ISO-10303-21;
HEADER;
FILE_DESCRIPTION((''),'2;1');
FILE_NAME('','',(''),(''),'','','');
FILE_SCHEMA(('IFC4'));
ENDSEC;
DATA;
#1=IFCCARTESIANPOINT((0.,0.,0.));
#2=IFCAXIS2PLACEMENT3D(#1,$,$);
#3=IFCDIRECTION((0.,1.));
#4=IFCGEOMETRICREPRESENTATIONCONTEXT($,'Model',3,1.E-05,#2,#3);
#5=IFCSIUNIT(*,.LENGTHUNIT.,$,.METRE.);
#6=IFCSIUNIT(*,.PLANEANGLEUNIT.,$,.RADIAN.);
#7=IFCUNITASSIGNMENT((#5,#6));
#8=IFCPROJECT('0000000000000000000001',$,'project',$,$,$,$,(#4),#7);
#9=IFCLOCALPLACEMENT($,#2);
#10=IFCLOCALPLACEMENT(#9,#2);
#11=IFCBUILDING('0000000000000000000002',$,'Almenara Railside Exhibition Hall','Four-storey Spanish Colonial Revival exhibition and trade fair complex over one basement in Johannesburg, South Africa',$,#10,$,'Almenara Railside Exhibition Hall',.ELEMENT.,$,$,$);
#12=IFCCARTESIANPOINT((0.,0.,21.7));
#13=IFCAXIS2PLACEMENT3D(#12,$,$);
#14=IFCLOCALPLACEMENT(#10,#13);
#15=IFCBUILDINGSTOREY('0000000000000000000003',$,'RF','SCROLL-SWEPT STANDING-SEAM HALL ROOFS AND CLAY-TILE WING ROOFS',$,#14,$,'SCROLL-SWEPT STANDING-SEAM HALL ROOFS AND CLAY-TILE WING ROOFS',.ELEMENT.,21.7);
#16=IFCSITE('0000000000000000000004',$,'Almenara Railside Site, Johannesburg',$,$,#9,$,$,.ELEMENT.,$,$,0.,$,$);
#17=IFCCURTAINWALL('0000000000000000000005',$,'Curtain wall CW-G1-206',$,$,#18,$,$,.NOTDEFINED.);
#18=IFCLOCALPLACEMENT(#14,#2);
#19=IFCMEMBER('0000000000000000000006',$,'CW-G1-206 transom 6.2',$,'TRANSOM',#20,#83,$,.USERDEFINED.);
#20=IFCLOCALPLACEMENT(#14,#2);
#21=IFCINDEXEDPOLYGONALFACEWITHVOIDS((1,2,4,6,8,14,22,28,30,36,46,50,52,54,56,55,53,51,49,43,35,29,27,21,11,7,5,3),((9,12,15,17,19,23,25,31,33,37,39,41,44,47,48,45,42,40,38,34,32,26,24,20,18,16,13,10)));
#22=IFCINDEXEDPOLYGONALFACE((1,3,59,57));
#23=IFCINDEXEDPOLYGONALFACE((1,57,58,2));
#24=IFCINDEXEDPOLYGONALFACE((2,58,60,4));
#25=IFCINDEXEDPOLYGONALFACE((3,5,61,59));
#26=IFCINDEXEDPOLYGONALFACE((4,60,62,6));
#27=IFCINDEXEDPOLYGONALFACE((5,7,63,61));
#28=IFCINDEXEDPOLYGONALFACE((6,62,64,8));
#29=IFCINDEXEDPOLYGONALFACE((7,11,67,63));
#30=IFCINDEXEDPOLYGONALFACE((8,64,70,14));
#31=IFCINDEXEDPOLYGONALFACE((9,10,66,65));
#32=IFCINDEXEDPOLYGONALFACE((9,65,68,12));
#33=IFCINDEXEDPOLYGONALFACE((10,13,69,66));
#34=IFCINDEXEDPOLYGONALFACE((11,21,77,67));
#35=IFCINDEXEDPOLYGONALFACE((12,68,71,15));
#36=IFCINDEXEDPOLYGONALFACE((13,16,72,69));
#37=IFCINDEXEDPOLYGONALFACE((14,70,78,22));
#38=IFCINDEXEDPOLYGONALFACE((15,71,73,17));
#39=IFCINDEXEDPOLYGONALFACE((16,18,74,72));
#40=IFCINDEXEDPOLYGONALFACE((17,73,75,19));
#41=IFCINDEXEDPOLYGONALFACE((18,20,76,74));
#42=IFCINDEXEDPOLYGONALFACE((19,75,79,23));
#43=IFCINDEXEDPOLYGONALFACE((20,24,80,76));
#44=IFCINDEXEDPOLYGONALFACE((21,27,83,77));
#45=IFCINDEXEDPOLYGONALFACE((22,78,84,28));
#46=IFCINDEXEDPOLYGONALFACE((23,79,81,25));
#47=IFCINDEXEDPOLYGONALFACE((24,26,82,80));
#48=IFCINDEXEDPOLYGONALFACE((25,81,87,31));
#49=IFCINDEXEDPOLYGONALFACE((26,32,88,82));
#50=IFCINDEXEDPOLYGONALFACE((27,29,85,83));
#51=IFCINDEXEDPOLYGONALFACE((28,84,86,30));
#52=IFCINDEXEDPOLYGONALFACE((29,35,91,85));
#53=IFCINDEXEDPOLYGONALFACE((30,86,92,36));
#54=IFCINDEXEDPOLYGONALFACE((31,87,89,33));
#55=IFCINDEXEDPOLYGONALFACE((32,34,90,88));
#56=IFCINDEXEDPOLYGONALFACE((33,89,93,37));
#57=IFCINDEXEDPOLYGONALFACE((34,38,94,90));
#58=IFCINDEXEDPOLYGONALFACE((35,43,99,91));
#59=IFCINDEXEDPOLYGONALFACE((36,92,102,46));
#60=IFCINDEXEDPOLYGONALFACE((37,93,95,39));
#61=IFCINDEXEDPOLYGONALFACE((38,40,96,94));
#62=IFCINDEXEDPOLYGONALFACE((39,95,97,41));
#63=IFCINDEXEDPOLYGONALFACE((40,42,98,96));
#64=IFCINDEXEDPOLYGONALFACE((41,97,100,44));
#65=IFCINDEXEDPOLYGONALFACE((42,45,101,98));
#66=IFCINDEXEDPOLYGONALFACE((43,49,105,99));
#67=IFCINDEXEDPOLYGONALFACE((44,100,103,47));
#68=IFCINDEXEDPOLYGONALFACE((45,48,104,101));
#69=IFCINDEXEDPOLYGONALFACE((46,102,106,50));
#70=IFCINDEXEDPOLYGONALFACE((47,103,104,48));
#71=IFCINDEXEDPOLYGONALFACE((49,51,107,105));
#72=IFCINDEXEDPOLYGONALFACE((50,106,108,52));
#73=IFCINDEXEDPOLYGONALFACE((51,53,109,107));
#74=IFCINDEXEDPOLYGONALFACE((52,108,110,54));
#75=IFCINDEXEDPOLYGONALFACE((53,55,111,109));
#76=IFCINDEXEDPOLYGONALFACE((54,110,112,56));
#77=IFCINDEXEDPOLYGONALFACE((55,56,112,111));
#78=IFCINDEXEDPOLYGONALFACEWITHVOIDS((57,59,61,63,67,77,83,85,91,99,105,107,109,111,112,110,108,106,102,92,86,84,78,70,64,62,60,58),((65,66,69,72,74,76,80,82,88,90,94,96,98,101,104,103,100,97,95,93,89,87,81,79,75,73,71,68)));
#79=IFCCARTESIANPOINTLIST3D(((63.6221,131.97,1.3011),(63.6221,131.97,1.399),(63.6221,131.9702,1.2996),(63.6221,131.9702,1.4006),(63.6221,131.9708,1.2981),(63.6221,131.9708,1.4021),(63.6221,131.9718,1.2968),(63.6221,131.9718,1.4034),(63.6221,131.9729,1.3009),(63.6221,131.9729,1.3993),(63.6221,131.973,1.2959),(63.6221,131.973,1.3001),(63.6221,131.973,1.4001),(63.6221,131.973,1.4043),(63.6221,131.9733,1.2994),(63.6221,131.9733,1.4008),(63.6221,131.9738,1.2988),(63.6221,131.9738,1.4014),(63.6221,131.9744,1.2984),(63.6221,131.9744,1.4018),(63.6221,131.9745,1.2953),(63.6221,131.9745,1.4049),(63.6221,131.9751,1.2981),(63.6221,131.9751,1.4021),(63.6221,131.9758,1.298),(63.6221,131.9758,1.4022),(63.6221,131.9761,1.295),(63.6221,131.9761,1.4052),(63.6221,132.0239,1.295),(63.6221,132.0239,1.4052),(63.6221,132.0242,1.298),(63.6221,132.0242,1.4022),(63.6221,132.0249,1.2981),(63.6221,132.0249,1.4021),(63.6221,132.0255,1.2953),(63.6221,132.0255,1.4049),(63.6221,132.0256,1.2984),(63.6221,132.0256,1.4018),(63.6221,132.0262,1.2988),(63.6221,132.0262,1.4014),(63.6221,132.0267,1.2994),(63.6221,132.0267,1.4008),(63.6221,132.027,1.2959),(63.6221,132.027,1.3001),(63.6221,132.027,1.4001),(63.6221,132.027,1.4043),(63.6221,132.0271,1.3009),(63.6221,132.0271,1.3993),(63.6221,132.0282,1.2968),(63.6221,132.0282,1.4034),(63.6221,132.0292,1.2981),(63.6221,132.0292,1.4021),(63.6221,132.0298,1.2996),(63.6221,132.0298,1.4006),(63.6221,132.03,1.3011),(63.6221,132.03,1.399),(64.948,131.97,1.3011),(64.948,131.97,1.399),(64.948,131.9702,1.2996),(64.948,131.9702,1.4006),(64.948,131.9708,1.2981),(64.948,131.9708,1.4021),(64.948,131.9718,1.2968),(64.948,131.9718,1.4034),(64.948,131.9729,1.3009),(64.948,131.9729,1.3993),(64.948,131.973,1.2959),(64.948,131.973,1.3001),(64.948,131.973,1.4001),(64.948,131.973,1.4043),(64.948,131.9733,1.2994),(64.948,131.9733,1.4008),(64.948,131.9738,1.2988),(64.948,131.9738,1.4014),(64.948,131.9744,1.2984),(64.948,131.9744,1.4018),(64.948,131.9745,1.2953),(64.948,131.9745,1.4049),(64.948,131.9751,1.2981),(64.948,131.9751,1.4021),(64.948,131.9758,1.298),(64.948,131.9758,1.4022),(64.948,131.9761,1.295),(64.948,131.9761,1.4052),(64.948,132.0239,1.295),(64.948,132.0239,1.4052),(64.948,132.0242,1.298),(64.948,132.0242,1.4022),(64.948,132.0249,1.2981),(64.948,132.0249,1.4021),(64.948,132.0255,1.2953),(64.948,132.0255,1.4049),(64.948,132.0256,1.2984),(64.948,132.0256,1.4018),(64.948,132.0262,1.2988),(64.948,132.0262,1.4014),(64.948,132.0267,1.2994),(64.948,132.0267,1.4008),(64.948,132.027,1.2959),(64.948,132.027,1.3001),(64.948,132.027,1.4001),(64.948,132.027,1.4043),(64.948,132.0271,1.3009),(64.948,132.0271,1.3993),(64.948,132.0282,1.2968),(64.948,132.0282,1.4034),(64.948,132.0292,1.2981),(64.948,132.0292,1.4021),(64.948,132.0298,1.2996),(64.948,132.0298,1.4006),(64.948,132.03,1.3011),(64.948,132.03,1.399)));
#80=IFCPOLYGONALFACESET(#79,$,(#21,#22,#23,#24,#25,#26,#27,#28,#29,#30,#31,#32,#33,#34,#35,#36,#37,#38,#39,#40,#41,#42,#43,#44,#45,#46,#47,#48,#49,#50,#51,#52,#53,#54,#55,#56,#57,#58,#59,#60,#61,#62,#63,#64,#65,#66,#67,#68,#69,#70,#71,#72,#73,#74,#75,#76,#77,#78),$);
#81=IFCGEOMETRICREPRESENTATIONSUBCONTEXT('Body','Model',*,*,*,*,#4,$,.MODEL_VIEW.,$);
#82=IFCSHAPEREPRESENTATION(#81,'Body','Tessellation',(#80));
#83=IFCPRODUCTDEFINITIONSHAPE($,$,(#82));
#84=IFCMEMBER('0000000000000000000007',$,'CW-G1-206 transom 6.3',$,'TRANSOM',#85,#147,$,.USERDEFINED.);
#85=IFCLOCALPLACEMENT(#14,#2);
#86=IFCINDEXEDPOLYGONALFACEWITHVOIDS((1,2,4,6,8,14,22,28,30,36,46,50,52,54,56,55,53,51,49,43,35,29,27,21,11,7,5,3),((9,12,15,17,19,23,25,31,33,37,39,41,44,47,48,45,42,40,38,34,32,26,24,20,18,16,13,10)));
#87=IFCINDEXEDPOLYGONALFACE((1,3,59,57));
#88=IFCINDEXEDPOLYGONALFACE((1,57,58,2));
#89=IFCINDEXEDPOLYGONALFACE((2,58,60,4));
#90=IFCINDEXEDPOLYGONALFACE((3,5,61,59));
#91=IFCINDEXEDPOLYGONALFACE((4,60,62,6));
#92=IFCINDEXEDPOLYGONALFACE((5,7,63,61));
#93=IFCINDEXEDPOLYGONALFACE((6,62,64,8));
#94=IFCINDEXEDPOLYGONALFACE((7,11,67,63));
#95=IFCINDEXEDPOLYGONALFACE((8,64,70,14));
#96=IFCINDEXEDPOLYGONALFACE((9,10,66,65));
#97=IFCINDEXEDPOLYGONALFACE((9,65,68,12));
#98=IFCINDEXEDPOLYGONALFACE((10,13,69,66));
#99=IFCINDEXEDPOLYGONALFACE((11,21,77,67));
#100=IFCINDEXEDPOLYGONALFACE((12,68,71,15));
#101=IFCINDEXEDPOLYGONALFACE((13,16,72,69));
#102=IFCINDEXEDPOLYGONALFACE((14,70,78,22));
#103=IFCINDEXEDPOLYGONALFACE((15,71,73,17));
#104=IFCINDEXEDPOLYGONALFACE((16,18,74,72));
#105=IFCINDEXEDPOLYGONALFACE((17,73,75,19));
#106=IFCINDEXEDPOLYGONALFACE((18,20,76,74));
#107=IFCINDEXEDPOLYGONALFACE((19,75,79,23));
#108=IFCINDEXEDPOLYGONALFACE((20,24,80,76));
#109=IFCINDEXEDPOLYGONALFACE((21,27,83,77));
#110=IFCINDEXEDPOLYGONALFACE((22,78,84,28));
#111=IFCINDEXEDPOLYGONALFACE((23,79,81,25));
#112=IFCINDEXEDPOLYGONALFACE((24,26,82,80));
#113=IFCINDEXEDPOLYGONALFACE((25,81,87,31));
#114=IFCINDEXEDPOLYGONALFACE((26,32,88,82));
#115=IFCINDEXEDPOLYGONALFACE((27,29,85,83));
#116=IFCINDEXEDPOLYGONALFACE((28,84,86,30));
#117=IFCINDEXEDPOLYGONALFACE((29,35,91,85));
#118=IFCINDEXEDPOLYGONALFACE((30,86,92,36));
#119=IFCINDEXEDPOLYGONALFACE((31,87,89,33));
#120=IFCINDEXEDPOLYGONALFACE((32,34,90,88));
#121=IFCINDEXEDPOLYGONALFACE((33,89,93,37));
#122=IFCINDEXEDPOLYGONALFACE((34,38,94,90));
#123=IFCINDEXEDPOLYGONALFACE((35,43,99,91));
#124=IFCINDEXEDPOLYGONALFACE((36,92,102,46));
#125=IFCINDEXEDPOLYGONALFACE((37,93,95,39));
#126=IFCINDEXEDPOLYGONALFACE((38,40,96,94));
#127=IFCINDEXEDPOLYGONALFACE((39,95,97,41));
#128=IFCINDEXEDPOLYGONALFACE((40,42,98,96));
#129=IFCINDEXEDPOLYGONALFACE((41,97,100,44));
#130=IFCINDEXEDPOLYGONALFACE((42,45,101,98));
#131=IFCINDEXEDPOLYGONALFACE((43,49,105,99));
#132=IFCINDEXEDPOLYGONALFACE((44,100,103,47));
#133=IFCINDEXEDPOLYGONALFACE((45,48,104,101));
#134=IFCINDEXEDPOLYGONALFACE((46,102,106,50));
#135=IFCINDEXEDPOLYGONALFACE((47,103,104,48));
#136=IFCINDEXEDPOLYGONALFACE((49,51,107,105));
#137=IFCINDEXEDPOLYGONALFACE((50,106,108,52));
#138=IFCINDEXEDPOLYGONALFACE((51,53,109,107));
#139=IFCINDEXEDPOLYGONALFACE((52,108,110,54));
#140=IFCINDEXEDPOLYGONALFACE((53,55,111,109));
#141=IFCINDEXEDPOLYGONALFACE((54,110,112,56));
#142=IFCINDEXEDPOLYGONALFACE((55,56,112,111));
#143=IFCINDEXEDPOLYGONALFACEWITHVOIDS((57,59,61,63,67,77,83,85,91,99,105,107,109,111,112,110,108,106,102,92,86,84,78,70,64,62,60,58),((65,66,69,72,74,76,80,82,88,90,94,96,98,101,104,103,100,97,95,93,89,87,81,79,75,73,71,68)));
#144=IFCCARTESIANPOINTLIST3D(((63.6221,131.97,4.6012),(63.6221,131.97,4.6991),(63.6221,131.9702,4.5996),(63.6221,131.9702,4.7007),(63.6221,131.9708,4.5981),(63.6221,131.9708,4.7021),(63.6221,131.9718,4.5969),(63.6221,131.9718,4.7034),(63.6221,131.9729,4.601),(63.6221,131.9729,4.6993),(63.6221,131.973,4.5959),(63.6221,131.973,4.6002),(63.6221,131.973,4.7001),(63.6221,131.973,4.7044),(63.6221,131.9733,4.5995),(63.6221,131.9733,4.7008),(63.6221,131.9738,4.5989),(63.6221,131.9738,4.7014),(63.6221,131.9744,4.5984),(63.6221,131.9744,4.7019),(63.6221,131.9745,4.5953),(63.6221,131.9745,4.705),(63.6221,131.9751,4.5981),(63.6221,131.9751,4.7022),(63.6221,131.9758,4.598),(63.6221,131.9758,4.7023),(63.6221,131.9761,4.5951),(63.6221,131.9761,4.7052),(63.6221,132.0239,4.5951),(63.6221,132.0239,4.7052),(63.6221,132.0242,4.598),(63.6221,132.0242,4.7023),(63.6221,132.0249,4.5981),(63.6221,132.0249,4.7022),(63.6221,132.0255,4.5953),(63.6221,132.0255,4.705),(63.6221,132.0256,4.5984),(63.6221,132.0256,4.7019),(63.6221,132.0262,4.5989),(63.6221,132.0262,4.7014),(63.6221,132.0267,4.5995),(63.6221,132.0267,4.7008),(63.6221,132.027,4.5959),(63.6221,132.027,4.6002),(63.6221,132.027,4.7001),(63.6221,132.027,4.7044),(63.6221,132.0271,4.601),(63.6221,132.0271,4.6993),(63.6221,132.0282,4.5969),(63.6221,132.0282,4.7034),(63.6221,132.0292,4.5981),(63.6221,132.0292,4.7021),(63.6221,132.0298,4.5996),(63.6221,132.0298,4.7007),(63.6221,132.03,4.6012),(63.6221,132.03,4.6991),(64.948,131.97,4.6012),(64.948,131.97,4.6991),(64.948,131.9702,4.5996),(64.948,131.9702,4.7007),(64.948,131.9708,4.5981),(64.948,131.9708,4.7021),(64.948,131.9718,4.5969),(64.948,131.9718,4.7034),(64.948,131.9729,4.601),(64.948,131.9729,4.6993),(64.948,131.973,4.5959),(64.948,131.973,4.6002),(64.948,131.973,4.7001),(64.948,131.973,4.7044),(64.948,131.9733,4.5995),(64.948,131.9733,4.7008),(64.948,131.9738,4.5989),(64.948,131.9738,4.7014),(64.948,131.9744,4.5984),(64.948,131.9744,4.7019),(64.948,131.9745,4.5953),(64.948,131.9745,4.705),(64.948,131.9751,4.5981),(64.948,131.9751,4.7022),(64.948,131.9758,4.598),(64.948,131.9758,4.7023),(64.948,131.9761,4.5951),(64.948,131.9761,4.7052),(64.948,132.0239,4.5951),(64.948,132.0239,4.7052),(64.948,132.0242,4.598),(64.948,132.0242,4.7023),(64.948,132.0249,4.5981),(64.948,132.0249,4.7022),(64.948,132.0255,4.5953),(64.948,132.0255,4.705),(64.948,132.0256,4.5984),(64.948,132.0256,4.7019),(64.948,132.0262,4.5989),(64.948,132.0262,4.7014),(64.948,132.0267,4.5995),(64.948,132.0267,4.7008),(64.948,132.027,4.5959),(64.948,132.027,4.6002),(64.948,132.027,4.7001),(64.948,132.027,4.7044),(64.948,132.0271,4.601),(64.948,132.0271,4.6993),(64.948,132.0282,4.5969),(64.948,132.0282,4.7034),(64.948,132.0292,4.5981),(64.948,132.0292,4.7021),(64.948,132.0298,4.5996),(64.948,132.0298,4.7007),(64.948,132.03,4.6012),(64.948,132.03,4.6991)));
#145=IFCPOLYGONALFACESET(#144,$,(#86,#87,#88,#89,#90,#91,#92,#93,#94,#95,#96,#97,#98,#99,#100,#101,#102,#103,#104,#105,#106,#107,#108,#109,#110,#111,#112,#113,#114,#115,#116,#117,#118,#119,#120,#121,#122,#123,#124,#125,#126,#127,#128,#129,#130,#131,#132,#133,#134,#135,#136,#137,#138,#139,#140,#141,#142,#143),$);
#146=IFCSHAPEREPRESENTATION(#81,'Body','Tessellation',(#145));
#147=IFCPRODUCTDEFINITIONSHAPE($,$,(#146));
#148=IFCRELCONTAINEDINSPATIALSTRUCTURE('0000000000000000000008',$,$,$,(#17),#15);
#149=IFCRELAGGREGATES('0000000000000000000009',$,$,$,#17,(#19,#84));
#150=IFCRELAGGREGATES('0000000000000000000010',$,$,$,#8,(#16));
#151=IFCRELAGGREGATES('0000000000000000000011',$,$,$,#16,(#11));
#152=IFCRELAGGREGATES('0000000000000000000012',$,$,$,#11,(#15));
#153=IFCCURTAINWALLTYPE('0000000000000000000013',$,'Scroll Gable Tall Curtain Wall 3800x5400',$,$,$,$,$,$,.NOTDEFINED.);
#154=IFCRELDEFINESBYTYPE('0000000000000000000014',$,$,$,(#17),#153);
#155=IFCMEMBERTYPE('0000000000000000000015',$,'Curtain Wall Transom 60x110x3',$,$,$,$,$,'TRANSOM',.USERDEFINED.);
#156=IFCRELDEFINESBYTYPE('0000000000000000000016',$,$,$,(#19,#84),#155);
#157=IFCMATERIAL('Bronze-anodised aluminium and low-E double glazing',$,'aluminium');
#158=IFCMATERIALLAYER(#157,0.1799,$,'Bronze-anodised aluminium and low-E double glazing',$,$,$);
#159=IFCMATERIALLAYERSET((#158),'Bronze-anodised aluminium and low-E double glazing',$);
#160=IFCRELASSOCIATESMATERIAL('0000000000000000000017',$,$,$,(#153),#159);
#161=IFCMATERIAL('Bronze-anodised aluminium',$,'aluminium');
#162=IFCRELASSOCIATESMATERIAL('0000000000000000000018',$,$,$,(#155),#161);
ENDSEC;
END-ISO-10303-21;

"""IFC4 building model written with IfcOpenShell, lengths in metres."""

from ifc_helpers import new_model, si_unit, direction, frame, origin, origin_2d, place, context, subcontext, project, spatial, hollow_rectangle, extrude, material, layer, layer_set, material_profile, profile_set, type_object, element, aggregate, save


model = new_model("IFC4")

# Units and contexts
model_context = context("Model", 3, precision=1e-05, world=origin(), true_north=direction((0.0, 1.0)))
body_context = subcontext(model_context, "Body", "Model", "MODEL_VIEW")
ifc_project = project(units=[si_unit("LENGTHUNIT", "METRE"), si_unit("PLANEANGLEUNIT", "RADIAN")], contexts=[model_context])

# Site, building, storey
site_placement = place(None, origin())
site = spatial("IfcSite", under=ifc_project, at=site_placement, Name="Almenara Railside Site, Johannesburg", CompositionType="ELEMENT", RefElevation=0.0)
building_placement = place(site_placement, origin())
building = spatial("IfcBuilding", under=site, at=building_placement, Name="Almenara Railside Exhibition Hall", Description="Four-storey Spanish Colonial Revival exhibition and trade fair complex over one basement in Johannesburg, South Africa", LongName="Almenara Railside Exhibition Hall", CompositionType="ELEMENT")
storey_placement = place(building_placement, frame((0.0, 0.0, 21.7)))
storey = spatial("IfcBuildingStorey", under=building, at=storey_placement, Name="RF", Description="SCROLL-SWEPT STANDING-SEAM HALL ROOFS AND CLAY-TILE WING ROOFS", LongName="SCROLL-SWEPT STANDING-SEAM HALL ROOFS AND CLAY-TILE WING ROOFS", CompositionType="ELEMENT", Elevation=21.7)

# Curtain wall, members
ifc_material_1 = material(Name="Bronze-anodised aluminium and low-E double glazing", Category="aluminium")
ifc_layer_1 = layer(ifc_material_1, 0.1799, Name="Bronze-anodised aluminium and low-E double glazing")
ifc_layer_set_1 = layer_set([ifc_layer_1], Name="Bronze-anodised aluminium and low-E double glazing")
curtain_wall_type = type_object("IfcCurtainWallType", Name="Scroll Gable Tall Curtain Wall 3800x5400", PredefinedType="NOTDEFINED", material=ifc_layer_set_1)
curtain_wall_placement = place(storey_placement, origin())
curtain_wall = element("IfcCurtainWall", 1, at=curtain_wall_placement, inside=storey, type_object=curtain_wall_type, Name="Curtain wall CW-G1-206", PredefinedType="NOTDEFINED")
ifc_material_2 = material(Name="Bronze-anodised aluminium", Category="aluminium")
ifc_material_profile_1 = material_profile(ifc_material_2, hollow_rectangle(XDim=0.0601, YDim=0.1101, WallThickness=0.0029, InnerFilletRadius=0.0029, OuterFilletRadius=0.0061, at=origin_2d()), Name="ALU-TRN 60x110x3")
ifc_profile_set_1 = profile_set([ifc_material_profile_1], Name="Bronze-anodised aluminium")
member_type_1 = type_object("IfcMemberType", Name="Curtain Wall Transom 60x110x3", ElementType="TRANSOM", PredefinedType="USERDEFINED", material=ifc_profile_set_1)
member_1_placement = place(storey_placement, frame((63.6221, 132.0, 1.3501), z_axis=(1.0, 0.0, 0.0), x_axis=(0.0, 1.0, 0.0)))
member_1 = element("IfcMember", 2, at=member_1_placement, type_object=member_type_1, Name="CW-G1-206 transom 6.2", ObjectType="TRANSOM", PredefinedType="USERDEFINED", context=body_context, shape_type="SweptSolid", body=[
    extrude(hollow_rectangle(XDim=0.0601, YDim=0.1101, WallThickness=0.0029, InnerFilletRadius=0.0029, OuterFilletRadius=0.0061, at=origin_2d()), origin(), (0.0, 0.0, 1.0), 1.3259),
])
member_2_placement = place(storey_placement, frame((63.6221, 132.0, 4.6501), z_axis=(1.0, 0.0, 0.0), x_axis=(0.0, 1.0, 0.0)))
member_2 = element("IfcMember", 3, at=member_2_placement, type_object=member_type_1, Name="CW-G1-206 transom 6.3", ObjectType="TRANSOM", PredefinedType="USERDEFINED", context=body_context, shape_type="SweptSolid", body=[
    extrude(hollow_rectangle(XDim=0.0601, YDim=0.1101, WallThickness=0.0029, InnerFilletRadius=0.0029, OuterFilletRadius=0.0061, at=origin_2d()), origin(), (0.0, 0.0, 1.0), 1.3259),
])

aggregate(curtain_wall, [member_1, member_2])

save(model, "model.ifc")
